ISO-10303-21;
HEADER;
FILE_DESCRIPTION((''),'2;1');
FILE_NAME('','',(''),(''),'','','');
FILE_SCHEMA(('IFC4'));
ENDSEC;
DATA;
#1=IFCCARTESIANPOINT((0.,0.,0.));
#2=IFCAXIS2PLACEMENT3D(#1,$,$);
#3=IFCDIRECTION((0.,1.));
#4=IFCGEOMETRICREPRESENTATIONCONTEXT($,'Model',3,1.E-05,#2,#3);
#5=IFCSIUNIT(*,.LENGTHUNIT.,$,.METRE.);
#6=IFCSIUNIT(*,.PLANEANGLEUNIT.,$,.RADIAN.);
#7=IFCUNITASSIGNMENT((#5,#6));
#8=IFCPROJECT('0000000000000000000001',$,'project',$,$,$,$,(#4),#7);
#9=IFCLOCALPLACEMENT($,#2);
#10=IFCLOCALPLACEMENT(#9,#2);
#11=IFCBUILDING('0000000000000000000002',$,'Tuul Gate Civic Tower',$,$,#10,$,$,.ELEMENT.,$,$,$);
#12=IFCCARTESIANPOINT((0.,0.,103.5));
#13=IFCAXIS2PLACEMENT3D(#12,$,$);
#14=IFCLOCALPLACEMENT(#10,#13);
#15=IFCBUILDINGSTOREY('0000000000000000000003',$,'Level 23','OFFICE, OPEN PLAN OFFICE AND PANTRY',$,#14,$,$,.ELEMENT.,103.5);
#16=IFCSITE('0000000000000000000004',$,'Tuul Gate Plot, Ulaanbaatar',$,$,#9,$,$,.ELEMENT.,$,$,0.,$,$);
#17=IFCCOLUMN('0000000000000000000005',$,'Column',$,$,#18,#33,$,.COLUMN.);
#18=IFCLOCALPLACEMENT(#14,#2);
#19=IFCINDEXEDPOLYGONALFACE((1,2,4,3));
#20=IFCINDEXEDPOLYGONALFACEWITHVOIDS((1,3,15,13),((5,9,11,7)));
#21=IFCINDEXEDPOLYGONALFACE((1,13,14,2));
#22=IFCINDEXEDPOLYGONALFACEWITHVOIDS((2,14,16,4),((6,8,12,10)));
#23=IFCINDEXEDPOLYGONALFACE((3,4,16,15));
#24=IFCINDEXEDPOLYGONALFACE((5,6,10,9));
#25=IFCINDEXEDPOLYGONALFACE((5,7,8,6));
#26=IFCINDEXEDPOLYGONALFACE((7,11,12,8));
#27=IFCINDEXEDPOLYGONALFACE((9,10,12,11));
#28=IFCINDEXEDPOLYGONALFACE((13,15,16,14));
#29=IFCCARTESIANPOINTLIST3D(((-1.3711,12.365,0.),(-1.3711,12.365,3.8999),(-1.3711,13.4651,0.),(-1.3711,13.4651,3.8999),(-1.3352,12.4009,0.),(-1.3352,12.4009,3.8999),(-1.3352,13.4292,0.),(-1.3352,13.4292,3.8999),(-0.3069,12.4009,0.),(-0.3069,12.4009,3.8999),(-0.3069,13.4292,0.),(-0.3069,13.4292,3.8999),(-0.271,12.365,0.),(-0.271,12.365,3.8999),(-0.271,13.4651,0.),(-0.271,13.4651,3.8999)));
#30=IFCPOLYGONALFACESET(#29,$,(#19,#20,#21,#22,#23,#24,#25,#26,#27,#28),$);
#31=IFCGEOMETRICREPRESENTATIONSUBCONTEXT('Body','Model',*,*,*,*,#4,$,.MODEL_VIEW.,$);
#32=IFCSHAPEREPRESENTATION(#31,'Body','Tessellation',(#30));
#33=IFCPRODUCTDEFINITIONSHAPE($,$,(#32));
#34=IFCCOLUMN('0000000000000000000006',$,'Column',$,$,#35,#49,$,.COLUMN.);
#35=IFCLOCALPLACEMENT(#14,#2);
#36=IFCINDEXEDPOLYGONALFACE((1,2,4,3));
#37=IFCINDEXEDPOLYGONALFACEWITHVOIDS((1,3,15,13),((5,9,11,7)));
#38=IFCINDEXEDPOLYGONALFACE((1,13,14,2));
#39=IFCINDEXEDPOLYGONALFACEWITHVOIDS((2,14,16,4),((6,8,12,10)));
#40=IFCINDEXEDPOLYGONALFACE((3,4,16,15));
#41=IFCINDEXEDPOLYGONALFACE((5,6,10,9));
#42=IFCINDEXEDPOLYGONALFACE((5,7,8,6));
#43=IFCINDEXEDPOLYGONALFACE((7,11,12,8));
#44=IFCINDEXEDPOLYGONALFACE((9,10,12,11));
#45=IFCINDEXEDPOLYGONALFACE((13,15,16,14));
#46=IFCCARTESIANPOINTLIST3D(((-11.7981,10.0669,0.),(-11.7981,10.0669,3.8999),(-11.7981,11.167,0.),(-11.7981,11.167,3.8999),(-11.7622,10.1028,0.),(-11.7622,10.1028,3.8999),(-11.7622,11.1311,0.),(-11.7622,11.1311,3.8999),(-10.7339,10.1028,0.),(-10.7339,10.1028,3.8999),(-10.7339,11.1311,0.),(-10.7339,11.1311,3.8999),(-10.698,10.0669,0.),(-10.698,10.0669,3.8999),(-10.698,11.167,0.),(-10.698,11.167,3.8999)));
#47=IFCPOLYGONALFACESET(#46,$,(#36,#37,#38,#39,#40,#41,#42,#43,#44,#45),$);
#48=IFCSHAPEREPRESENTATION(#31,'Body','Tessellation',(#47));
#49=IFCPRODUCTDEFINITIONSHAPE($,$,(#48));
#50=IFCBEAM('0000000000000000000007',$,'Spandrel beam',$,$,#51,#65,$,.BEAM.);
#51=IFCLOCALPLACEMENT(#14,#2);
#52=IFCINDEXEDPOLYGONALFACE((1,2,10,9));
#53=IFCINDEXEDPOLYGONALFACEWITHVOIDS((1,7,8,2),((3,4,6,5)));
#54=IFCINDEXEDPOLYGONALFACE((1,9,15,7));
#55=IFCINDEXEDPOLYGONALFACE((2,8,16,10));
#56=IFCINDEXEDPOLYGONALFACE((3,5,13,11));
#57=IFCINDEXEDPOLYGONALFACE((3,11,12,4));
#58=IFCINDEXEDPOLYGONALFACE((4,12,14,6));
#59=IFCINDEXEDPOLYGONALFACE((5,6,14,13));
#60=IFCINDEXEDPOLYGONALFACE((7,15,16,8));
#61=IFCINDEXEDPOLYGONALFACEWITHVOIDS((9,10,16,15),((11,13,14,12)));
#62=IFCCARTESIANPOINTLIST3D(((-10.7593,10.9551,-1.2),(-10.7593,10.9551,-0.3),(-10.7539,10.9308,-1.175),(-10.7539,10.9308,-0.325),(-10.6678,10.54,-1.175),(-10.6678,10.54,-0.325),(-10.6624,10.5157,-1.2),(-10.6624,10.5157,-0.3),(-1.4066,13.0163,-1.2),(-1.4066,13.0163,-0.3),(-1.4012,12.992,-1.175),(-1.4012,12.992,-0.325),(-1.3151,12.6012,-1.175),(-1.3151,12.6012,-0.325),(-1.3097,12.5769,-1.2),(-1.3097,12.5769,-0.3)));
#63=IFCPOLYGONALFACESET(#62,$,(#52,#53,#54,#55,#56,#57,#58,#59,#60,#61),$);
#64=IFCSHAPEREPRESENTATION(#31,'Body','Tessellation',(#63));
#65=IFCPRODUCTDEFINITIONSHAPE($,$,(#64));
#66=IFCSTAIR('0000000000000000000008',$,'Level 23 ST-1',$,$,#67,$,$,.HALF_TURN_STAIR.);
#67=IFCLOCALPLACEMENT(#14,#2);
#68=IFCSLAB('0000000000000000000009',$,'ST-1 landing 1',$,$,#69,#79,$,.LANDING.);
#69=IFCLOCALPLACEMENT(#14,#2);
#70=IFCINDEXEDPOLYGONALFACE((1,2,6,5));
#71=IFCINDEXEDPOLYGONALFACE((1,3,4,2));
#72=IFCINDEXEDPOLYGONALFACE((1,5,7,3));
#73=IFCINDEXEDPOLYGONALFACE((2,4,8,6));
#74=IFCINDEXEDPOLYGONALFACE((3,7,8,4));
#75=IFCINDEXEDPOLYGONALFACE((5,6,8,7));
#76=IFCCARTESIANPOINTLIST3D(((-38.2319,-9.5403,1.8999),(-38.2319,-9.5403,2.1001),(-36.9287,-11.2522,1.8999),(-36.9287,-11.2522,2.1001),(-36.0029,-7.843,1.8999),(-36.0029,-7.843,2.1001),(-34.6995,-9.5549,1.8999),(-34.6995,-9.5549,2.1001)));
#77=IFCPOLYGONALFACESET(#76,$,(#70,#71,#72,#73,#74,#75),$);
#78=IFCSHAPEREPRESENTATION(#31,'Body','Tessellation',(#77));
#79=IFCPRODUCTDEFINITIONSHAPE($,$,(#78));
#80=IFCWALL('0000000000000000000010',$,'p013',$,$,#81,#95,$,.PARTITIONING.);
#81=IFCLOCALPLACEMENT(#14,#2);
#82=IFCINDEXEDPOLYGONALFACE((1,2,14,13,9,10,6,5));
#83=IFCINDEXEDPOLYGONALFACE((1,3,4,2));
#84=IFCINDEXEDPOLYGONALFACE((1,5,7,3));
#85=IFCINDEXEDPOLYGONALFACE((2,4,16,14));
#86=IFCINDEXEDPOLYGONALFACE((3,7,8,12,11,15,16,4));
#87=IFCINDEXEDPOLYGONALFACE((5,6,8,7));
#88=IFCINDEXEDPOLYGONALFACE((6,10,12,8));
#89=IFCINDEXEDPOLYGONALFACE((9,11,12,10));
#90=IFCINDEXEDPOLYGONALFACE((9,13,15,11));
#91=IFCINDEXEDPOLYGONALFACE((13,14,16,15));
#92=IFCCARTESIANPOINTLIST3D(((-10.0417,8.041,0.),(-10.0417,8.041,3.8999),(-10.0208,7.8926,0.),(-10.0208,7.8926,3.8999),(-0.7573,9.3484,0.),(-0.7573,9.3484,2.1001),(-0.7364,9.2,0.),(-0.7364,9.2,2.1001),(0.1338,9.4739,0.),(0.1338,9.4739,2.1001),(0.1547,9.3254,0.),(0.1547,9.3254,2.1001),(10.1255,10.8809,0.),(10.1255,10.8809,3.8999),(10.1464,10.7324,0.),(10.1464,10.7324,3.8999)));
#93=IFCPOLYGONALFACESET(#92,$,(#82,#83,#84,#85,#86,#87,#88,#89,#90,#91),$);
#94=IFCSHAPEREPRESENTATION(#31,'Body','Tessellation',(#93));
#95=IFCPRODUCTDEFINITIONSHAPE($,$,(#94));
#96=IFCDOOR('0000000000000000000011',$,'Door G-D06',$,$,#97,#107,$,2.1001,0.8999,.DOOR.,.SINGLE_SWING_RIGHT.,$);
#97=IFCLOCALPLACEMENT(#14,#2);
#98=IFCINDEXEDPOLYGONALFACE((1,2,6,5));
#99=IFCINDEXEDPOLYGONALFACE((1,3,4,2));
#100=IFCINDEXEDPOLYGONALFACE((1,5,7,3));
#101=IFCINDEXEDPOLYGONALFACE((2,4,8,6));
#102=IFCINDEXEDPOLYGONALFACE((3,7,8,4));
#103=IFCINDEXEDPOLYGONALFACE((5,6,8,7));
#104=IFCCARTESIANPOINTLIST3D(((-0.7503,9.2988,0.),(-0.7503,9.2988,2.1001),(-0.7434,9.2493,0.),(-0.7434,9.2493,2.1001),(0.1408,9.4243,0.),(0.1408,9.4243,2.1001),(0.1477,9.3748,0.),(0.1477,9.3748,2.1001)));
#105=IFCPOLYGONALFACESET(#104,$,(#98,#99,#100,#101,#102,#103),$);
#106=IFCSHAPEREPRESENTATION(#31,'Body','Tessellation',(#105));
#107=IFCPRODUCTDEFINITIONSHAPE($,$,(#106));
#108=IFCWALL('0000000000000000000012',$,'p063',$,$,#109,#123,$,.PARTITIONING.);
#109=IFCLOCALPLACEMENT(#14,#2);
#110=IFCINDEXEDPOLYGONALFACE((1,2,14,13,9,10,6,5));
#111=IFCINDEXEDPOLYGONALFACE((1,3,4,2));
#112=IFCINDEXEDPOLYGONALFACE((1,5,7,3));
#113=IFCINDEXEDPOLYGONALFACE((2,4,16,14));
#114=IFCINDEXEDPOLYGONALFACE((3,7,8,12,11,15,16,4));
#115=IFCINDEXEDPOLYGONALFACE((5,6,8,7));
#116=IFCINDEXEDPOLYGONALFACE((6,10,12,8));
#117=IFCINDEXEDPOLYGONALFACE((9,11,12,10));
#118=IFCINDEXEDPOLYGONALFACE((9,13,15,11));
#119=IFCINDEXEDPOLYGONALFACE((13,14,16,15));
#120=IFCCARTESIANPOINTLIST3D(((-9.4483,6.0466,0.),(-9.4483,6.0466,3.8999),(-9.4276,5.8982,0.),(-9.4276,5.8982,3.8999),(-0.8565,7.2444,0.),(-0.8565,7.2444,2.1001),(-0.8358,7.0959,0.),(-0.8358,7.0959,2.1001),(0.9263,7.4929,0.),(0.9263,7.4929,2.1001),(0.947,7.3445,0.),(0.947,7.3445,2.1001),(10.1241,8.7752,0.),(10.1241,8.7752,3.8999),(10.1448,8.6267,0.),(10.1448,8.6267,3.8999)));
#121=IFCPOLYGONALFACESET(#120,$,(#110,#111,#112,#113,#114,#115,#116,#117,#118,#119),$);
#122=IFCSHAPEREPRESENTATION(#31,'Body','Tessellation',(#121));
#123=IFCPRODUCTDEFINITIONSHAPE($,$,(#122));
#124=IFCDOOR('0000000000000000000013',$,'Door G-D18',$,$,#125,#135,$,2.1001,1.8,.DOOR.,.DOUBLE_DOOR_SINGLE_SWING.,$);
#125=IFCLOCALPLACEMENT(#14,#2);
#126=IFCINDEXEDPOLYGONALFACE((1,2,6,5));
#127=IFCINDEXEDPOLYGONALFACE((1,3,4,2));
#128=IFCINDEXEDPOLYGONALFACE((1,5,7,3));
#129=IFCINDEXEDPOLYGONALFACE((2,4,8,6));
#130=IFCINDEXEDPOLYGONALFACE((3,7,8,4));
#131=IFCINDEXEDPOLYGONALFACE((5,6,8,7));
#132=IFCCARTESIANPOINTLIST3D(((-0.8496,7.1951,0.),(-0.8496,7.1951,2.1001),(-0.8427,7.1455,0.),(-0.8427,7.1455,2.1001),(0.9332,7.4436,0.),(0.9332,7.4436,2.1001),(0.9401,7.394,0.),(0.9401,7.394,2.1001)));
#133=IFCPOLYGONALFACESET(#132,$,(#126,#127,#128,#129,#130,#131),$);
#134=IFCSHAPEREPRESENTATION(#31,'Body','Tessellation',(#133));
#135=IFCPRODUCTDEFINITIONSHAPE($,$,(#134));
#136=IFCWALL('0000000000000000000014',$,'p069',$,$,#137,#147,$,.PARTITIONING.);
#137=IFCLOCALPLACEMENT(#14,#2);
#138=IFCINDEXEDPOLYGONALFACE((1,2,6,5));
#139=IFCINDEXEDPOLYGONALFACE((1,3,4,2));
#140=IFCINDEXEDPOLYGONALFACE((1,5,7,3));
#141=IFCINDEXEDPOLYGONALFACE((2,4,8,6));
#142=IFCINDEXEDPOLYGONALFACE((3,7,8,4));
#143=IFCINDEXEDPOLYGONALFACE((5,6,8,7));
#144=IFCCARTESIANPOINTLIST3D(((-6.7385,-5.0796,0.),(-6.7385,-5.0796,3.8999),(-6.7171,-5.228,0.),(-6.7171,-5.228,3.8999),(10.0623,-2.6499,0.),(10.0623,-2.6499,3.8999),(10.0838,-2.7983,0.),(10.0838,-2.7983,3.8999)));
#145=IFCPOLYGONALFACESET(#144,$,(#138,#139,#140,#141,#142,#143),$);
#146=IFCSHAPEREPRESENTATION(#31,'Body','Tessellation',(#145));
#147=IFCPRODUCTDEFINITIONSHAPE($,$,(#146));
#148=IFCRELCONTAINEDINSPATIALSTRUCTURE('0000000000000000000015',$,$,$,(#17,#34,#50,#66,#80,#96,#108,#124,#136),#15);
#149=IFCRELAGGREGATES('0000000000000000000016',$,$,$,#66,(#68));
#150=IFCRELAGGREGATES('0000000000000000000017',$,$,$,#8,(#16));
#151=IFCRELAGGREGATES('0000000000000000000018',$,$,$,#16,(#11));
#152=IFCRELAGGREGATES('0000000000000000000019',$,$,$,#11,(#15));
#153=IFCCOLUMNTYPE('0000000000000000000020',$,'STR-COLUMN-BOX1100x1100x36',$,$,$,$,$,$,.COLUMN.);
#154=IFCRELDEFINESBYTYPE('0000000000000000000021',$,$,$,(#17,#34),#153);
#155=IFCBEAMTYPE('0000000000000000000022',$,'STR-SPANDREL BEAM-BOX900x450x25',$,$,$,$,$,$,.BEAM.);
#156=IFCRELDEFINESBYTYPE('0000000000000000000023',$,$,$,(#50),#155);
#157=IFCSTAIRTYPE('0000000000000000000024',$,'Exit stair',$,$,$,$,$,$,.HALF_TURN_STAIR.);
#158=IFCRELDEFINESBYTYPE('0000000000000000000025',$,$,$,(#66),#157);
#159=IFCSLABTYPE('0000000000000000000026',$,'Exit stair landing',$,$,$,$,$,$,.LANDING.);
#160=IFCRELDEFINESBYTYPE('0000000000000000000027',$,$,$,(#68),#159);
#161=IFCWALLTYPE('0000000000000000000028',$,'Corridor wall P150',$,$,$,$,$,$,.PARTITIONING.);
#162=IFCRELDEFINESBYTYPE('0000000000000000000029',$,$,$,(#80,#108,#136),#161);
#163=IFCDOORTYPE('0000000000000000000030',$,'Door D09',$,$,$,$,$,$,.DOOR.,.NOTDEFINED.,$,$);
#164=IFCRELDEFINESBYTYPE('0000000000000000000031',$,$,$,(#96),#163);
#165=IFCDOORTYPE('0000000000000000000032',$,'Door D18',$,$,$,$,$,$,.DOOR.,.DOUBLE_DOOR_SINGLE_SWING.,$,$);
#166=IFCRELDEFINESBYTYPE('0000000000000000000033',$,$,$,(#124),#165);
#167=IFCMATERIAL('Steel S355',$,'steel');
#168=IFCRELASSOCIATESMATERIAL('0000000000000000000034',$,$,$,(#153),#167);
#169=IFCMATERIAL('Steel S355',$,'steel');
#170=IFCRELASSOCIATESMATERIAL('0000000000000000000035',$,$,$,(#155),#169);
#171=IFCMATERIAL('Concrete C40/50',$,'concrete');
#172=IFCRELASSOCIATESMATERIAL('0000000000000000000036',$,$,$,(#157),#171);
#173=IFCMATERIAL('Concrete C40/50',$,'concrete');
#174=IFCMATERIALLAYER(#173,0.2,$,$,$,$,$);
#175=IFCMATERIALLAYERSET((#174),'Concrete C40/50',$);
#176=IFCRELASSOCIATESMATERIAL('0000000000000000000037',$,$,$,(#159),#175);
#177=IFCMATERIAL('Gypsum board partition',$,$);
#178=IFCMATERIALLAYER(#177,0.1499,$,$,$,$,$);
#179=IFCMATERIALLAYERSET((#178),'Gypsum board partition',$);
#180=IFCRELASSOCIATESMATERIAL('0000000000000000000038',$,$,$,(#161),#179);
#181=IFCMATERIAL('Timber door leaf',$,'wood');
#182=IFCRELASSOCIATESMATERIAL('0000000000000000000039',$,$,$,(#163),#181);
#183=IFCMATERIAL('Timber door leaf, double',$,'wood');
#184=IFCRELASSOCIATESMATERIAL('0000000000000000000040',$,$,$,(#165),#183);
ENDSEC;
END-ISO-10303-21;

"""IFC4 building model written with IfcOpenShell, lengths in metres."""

from ifc_helpers import new_model, si_unit, direction, frame, frame_2d, origin, origin_2d, place, context, subcontext, project, spatial, polyline, rectangle, hollow_rectangle, outline, extrude, material, layer, layer_set, material_profile, profile_set, type_object, element, fill, aggregate, save


model = new_model("IFC4")

# Units and contexts
model_context = context("Model", 3, precision=1e-05, world=origin(), true_north=direction((0.0, 1.0)))
body_context = subcontext(model_context, "Body", "Model", "MODEL_VIEW")
ifc_project = project(units=[si_unit("LENGTHUNIT", "METRE"), si_unit("PLANEANGLEUNIT", "RADIAN")], contexts=[model_context])

# Site, building, storey
site_placement = place(None, origin())
site = spatial("IfcSite", under=ifc_project, at=site_placement, Name="Tuul Gate Plot, Ulaanbaatar", CompositionType="ELEMENT", RefElevation=0.0)
building_placement = place(site_placement, origin())
building = spatial("IfcBuilding", under=site, at=building_placement, Name="Tuul Gate Civic Tower", CompositionType="ELEMENT")
storey_placement = place(building_placement, frame((0.0, 0.0, 103.5)))
storey = spatial("IfcBuildingStorey", under=building, at=storey_placement, Name="Level 23", Description="OFFICE, OPEN PLAN OFFICE AND PANTRY", CompositionType="ELEMENT", Elevation=103.5)

# Columns
ifc_material_1 = material(Name="Steel S355", Category="steel")
ifc_material_profile_1 = material_profile(ifc_material_1, hollow_rectangle(XDim=1.1001, YDim=1.1001, WallThickness=0.0359, at=origin_2d()), Name="BOX1100x1100x36")
ifc_profile_set_1 = profile_set([ifc_material_profile_1], Name="Steel S355")
column_type = type_object("IfcColumnType", Name="STR-COLUMN-BOX1100x1100x36", PredefinedType="COLUMN", material=ifc_profile_set_1)
for number, where, z_axis, x_axis, name in (
    (1, (-0.821, 12.915, 0.0), (0.0, 0.0, 1.0), (1.0, 0.0, 0.0), "Column"),
    (2, (-11.248, 10.6169, 0.0), (0.0, 0.0, 1.0), (1.0, 0.0, 0.0), "Column"),
):
    element("IfcColumn", number, at=place(storey_placement, frame(where, z_axis=z_axis, x_axis=x_axis)), inside=storey, type_object=column_type, Name=name, PredefinedType="COLUMN", context=body_context, shape_type="SweptSolid", body=[
        extrude(hollow_rectangle(XDim=1.1001, YDim=1.1001, WallThickness=0.0359, at=origin_2d()), origin(), (0.0, 0.0, 1.0), 3.8999),
    ])

# Beam
ifc_material_2 = material(Name="Steel S355", Category="steel")
ifc_material_profile_2 = material_profile(ifc_material_2, hollow_rectangle(XDim=0.45, YDim=0.8999, WallThickness=0.0249, at=origin_2d()), Name="BOX900x450x25")
ifc_profile_set_2 = profile_set([ifc_material_profile_2], Name="Steel S355")
beam_type = type_object("IfcBeamType", Name="STR-SPANDREL BEAM-BOX900x450x25", PredefinedType="BEAM", material=ifc_profile_set_2)
beam_placement = place(storey_placement, frame((-1.3582, 12.7966, -0.75), z_axis=(-0.976564, -0.215227, 0.0), x_axis=(0.215227, -0.976564, 0.0)))
element("IfcBeam", 3, at=beam_placement, inside=storey, type_object=beam_type, Name="Spandrel beam", PredefinedType="BEAM", context=body_context, shape_type="SweptSolid", body=[
    extrude(hollow_rectangle(XDim=0.45, YDim=0.8999, WallThickness=0.0249, at=origin_2d()), origin(), (0.0, 0.0, 1.0), 9.5771),
])

# Stair, slab
ifc_material_3 = material(Name="Concrete C40/50", Category="concrete")
stair_type = type_object("IfcStairType", Name="Exit stair", PredefinedType="HALF_TURN_STAIR", material=ifc_material_3)
stair_placement = place(storey_placement, origin())
stair = element("IfcStair", 4, at=stair_placement, inside=storey, type_object=stair_type, Name="Level 23 ST-1", PredefinedType="HALF_TURN_STAIR")
ifc_material_4 = material(Name="Concrete C40/50", Category="concrete")
ifc_layer_1 = layer(ifc_material_4, 0.2)
ifc_layer_set_1 = layer_set([ifc_layer_1], Name="Concrete C40/50")
slab_type = type_object("IfcSlabType", Name="Exit stair landing", PredefinedType="LANDING", material=ifc_layer_set_1)
slab_placement = place(storey_placement, frame((0.0, 0.0, 1.8999)))
slab = element("IfcSlab", 5, at=slab_placement, type_object=slab_type, Name="ST-1 landing 1", PredefinedType="LANDING", context=body_context, shape_type="SweptSolid", body=[
    extrude(outline(polyline([(-34.6995, -9.5549), (-36.9287, -11.2522), (-38.2319, -9.5403), (-36.0029, -7.843), (-34.6995, -9.5549)])), origin(), (0.0, 0.0, 1.0), 0.2002),
])
aggregate(stair, [slab])

# Walls, openings, doors
ifc_material_5 = material(Name="Gypsum board partition")
ifc_layer_2 = layer(ifc_material_5, 0.1499)
ifc_layer_set_2 = layer_set([ifc_layer_2], Name="Gypsum board partition")
wall_type_1 = type_object("IfcWallType", Name="Corridor wall P150", PredefinedType="PARTITIONING", material=ifc_layer_set_2)
wall_1_placement = place(storey_placement, frame((-10.0312, 7.9668, 0.0), z_axis=(0.0, 0.0, 1.0), x_axis=(0.990231, 0.139439, 0.0)))
wall_1 = element("IfcWall", 6, at=wall_1_placement, inside=storey, type_object=wall_type_1, Name="p013", PredefinedType="PARTITIONING", context=body_context, shape_type="SweptSolid", body=[
    extrude(rectangle(XDim=20.3662, YDim=0.1499, at=frame_2d((10.1831, 0.0))), origin(), (0.0, 0.0, 1.0), 3.8999),
])
opening_1_placement = place(wall_1_placement, frame((9.376, 0.0, 0.0)))
opening_1 = element("IfcOpeningElement", 7, at=opening_1_placement, cuts=wall_1, PredefinedType="OPENING", context=body_context, shape_type="SweptSolid", body=[
    extrude(rectangle(XDim=0.8999, YDim=2.1001, at=frame_2d((0.45, 1.05))), frame((0.0, 0.085, 0.0), z_axis=(0.0, -1.0, 0.0), x_axis=(1.0, 0.0, 0.0)), (0.0, 0.0, 1.0), 0.1699),
])
ifc_material_6 = material(Name="Timber door leaf", Category="wood")
door_type_1 = type_object("IfcDoorType", Name="Door D09", OperationType="NOTDEFINED", PredefinedType="DOOR", material=ifc_material_6)
door_1_placement = place(opening_1_placement, origin())
door_1 = element("IfcDoor", 8, at=door_1_placement, inside=storey, type_object=door_type_1, Name="Door G-D06", OperationType="SINGLE_SWING_RIGHT", OverallHeight=2.1001, OverallWidth=0.8999, PredefinedType="DOOR", context=body_context, shape_type="SweptSolid", body=[
    extrude(rectangle(XDim=0.8999, YDim=2.1001, at=frame_2d((0.45, 1.05))), frame((0.0, 0.0249, 0.0), z_axis=(0.0, -1.0, 0.0), x_axis=(1.0, 0.0, 0.0)), (0.0, 0.0, 1.0), 0.05),
])
fill(opening_1, door_1)
wall_2_placement = place(storey_placement, frame((-9.438, 5.9724, 0.0), z_axis=(0.0, 0.0, 1.0), x_axis=(0.990422, 0.13807, 0.0)))
wall_2 = element("IfcWall", 9, at=wall_2_placement, inside=storey, type_object=wall_type_1, Name="p063", PredefinedType="PARTITIONING", context=body_context, shape_type="SweptSolid", body=[
    extrude(rectangle(XDim=19.7617, YDim=0.1499, at=frame_2d((9.8809, 0.0))), origin(), (0.0, 0.0, 1.0), 3.8999),
])
opening_2_placement = place(wall_2_placement, frame((8.675, 0.0, 0.0)))
opening_2 = element("IfcOpeningElement", 10, at=opening_2_placement, cuts=wall_2, PredefinedType="OPENING", context=body_context, shape_type="SweptSolid", body=[
    extrude(rectangle(XDim=1.8, YDim=2.1001, at=frame_2d((0.8999, 1.05))), frame((0.0, 0.085, 0.0), z_axis=(0.0, -1.0, 0.0), x_axis=(1.0, 0.0, 0.0)), (0.0, 0.0, 1.0), 0.1699),
])
ifc_material_7 = material(Name="Timber door leaf, double", Category="wood")
door_type_2 = type_object("IfcDoorType", Name="Door D18", OperationType="DOUBLE_DOOR_SINGLE_SWING", PredefinedType="DOOR", material=ifc_material_7)
door_2_placement = place(opening_2_placement, frame((1.8, 0.0, 0.0), z_axis=(0.0, 0.0, 1.0), x_axis=(-1.0, 0.0, 0.0)))
door_2 = element("IfcDoor", 11, at=door_2_placement, inside=storey, type_object=door_type_2, Name="Door G-D18", OperationType="DOUBLE_DOOR_SINGLE_SWING", OverallHeight=2.1001, OverallWidth=1.8, PredefinedType="DOOR", context=body_context, shape_type="SweptSolid", body=[
    extrude(rectangle(XDim=1.8, YDim=2.1001, at=frame_2d((0.9001, 1.05))), frame((0.0, 0.0249, 0.0), z_axis=(0.0, -1.0, 0.0), x_axis=(1.0, 0.0, 0.0)), (0.0, 0.0, 1.0), 0.05),
])
fill(opening_2, door_2)

# Wall
wall_3_placement = place(storey_placement, frame((-6.7278, -5.1538, 0.0), z_axis=(0.0, 0.0, 1.0), x_axis=(0.989704, 0.143129, 0.0)))
element("IfcWall", 12, at=wall_3_placement, inside=storey, type_object=wall_type_1, Name="p069", PredefinedType="PARTITIONING", context=body_context, shape_type="SweptSolid", body=[
    extrude(rectangle(XDim=16.9756, YDim=0.1499, at=frame_2d((8.4878, 0.0))), origin(), (0.0, 0.0, 1.0), 3.8999),
])

save(model, "model.ifc")
